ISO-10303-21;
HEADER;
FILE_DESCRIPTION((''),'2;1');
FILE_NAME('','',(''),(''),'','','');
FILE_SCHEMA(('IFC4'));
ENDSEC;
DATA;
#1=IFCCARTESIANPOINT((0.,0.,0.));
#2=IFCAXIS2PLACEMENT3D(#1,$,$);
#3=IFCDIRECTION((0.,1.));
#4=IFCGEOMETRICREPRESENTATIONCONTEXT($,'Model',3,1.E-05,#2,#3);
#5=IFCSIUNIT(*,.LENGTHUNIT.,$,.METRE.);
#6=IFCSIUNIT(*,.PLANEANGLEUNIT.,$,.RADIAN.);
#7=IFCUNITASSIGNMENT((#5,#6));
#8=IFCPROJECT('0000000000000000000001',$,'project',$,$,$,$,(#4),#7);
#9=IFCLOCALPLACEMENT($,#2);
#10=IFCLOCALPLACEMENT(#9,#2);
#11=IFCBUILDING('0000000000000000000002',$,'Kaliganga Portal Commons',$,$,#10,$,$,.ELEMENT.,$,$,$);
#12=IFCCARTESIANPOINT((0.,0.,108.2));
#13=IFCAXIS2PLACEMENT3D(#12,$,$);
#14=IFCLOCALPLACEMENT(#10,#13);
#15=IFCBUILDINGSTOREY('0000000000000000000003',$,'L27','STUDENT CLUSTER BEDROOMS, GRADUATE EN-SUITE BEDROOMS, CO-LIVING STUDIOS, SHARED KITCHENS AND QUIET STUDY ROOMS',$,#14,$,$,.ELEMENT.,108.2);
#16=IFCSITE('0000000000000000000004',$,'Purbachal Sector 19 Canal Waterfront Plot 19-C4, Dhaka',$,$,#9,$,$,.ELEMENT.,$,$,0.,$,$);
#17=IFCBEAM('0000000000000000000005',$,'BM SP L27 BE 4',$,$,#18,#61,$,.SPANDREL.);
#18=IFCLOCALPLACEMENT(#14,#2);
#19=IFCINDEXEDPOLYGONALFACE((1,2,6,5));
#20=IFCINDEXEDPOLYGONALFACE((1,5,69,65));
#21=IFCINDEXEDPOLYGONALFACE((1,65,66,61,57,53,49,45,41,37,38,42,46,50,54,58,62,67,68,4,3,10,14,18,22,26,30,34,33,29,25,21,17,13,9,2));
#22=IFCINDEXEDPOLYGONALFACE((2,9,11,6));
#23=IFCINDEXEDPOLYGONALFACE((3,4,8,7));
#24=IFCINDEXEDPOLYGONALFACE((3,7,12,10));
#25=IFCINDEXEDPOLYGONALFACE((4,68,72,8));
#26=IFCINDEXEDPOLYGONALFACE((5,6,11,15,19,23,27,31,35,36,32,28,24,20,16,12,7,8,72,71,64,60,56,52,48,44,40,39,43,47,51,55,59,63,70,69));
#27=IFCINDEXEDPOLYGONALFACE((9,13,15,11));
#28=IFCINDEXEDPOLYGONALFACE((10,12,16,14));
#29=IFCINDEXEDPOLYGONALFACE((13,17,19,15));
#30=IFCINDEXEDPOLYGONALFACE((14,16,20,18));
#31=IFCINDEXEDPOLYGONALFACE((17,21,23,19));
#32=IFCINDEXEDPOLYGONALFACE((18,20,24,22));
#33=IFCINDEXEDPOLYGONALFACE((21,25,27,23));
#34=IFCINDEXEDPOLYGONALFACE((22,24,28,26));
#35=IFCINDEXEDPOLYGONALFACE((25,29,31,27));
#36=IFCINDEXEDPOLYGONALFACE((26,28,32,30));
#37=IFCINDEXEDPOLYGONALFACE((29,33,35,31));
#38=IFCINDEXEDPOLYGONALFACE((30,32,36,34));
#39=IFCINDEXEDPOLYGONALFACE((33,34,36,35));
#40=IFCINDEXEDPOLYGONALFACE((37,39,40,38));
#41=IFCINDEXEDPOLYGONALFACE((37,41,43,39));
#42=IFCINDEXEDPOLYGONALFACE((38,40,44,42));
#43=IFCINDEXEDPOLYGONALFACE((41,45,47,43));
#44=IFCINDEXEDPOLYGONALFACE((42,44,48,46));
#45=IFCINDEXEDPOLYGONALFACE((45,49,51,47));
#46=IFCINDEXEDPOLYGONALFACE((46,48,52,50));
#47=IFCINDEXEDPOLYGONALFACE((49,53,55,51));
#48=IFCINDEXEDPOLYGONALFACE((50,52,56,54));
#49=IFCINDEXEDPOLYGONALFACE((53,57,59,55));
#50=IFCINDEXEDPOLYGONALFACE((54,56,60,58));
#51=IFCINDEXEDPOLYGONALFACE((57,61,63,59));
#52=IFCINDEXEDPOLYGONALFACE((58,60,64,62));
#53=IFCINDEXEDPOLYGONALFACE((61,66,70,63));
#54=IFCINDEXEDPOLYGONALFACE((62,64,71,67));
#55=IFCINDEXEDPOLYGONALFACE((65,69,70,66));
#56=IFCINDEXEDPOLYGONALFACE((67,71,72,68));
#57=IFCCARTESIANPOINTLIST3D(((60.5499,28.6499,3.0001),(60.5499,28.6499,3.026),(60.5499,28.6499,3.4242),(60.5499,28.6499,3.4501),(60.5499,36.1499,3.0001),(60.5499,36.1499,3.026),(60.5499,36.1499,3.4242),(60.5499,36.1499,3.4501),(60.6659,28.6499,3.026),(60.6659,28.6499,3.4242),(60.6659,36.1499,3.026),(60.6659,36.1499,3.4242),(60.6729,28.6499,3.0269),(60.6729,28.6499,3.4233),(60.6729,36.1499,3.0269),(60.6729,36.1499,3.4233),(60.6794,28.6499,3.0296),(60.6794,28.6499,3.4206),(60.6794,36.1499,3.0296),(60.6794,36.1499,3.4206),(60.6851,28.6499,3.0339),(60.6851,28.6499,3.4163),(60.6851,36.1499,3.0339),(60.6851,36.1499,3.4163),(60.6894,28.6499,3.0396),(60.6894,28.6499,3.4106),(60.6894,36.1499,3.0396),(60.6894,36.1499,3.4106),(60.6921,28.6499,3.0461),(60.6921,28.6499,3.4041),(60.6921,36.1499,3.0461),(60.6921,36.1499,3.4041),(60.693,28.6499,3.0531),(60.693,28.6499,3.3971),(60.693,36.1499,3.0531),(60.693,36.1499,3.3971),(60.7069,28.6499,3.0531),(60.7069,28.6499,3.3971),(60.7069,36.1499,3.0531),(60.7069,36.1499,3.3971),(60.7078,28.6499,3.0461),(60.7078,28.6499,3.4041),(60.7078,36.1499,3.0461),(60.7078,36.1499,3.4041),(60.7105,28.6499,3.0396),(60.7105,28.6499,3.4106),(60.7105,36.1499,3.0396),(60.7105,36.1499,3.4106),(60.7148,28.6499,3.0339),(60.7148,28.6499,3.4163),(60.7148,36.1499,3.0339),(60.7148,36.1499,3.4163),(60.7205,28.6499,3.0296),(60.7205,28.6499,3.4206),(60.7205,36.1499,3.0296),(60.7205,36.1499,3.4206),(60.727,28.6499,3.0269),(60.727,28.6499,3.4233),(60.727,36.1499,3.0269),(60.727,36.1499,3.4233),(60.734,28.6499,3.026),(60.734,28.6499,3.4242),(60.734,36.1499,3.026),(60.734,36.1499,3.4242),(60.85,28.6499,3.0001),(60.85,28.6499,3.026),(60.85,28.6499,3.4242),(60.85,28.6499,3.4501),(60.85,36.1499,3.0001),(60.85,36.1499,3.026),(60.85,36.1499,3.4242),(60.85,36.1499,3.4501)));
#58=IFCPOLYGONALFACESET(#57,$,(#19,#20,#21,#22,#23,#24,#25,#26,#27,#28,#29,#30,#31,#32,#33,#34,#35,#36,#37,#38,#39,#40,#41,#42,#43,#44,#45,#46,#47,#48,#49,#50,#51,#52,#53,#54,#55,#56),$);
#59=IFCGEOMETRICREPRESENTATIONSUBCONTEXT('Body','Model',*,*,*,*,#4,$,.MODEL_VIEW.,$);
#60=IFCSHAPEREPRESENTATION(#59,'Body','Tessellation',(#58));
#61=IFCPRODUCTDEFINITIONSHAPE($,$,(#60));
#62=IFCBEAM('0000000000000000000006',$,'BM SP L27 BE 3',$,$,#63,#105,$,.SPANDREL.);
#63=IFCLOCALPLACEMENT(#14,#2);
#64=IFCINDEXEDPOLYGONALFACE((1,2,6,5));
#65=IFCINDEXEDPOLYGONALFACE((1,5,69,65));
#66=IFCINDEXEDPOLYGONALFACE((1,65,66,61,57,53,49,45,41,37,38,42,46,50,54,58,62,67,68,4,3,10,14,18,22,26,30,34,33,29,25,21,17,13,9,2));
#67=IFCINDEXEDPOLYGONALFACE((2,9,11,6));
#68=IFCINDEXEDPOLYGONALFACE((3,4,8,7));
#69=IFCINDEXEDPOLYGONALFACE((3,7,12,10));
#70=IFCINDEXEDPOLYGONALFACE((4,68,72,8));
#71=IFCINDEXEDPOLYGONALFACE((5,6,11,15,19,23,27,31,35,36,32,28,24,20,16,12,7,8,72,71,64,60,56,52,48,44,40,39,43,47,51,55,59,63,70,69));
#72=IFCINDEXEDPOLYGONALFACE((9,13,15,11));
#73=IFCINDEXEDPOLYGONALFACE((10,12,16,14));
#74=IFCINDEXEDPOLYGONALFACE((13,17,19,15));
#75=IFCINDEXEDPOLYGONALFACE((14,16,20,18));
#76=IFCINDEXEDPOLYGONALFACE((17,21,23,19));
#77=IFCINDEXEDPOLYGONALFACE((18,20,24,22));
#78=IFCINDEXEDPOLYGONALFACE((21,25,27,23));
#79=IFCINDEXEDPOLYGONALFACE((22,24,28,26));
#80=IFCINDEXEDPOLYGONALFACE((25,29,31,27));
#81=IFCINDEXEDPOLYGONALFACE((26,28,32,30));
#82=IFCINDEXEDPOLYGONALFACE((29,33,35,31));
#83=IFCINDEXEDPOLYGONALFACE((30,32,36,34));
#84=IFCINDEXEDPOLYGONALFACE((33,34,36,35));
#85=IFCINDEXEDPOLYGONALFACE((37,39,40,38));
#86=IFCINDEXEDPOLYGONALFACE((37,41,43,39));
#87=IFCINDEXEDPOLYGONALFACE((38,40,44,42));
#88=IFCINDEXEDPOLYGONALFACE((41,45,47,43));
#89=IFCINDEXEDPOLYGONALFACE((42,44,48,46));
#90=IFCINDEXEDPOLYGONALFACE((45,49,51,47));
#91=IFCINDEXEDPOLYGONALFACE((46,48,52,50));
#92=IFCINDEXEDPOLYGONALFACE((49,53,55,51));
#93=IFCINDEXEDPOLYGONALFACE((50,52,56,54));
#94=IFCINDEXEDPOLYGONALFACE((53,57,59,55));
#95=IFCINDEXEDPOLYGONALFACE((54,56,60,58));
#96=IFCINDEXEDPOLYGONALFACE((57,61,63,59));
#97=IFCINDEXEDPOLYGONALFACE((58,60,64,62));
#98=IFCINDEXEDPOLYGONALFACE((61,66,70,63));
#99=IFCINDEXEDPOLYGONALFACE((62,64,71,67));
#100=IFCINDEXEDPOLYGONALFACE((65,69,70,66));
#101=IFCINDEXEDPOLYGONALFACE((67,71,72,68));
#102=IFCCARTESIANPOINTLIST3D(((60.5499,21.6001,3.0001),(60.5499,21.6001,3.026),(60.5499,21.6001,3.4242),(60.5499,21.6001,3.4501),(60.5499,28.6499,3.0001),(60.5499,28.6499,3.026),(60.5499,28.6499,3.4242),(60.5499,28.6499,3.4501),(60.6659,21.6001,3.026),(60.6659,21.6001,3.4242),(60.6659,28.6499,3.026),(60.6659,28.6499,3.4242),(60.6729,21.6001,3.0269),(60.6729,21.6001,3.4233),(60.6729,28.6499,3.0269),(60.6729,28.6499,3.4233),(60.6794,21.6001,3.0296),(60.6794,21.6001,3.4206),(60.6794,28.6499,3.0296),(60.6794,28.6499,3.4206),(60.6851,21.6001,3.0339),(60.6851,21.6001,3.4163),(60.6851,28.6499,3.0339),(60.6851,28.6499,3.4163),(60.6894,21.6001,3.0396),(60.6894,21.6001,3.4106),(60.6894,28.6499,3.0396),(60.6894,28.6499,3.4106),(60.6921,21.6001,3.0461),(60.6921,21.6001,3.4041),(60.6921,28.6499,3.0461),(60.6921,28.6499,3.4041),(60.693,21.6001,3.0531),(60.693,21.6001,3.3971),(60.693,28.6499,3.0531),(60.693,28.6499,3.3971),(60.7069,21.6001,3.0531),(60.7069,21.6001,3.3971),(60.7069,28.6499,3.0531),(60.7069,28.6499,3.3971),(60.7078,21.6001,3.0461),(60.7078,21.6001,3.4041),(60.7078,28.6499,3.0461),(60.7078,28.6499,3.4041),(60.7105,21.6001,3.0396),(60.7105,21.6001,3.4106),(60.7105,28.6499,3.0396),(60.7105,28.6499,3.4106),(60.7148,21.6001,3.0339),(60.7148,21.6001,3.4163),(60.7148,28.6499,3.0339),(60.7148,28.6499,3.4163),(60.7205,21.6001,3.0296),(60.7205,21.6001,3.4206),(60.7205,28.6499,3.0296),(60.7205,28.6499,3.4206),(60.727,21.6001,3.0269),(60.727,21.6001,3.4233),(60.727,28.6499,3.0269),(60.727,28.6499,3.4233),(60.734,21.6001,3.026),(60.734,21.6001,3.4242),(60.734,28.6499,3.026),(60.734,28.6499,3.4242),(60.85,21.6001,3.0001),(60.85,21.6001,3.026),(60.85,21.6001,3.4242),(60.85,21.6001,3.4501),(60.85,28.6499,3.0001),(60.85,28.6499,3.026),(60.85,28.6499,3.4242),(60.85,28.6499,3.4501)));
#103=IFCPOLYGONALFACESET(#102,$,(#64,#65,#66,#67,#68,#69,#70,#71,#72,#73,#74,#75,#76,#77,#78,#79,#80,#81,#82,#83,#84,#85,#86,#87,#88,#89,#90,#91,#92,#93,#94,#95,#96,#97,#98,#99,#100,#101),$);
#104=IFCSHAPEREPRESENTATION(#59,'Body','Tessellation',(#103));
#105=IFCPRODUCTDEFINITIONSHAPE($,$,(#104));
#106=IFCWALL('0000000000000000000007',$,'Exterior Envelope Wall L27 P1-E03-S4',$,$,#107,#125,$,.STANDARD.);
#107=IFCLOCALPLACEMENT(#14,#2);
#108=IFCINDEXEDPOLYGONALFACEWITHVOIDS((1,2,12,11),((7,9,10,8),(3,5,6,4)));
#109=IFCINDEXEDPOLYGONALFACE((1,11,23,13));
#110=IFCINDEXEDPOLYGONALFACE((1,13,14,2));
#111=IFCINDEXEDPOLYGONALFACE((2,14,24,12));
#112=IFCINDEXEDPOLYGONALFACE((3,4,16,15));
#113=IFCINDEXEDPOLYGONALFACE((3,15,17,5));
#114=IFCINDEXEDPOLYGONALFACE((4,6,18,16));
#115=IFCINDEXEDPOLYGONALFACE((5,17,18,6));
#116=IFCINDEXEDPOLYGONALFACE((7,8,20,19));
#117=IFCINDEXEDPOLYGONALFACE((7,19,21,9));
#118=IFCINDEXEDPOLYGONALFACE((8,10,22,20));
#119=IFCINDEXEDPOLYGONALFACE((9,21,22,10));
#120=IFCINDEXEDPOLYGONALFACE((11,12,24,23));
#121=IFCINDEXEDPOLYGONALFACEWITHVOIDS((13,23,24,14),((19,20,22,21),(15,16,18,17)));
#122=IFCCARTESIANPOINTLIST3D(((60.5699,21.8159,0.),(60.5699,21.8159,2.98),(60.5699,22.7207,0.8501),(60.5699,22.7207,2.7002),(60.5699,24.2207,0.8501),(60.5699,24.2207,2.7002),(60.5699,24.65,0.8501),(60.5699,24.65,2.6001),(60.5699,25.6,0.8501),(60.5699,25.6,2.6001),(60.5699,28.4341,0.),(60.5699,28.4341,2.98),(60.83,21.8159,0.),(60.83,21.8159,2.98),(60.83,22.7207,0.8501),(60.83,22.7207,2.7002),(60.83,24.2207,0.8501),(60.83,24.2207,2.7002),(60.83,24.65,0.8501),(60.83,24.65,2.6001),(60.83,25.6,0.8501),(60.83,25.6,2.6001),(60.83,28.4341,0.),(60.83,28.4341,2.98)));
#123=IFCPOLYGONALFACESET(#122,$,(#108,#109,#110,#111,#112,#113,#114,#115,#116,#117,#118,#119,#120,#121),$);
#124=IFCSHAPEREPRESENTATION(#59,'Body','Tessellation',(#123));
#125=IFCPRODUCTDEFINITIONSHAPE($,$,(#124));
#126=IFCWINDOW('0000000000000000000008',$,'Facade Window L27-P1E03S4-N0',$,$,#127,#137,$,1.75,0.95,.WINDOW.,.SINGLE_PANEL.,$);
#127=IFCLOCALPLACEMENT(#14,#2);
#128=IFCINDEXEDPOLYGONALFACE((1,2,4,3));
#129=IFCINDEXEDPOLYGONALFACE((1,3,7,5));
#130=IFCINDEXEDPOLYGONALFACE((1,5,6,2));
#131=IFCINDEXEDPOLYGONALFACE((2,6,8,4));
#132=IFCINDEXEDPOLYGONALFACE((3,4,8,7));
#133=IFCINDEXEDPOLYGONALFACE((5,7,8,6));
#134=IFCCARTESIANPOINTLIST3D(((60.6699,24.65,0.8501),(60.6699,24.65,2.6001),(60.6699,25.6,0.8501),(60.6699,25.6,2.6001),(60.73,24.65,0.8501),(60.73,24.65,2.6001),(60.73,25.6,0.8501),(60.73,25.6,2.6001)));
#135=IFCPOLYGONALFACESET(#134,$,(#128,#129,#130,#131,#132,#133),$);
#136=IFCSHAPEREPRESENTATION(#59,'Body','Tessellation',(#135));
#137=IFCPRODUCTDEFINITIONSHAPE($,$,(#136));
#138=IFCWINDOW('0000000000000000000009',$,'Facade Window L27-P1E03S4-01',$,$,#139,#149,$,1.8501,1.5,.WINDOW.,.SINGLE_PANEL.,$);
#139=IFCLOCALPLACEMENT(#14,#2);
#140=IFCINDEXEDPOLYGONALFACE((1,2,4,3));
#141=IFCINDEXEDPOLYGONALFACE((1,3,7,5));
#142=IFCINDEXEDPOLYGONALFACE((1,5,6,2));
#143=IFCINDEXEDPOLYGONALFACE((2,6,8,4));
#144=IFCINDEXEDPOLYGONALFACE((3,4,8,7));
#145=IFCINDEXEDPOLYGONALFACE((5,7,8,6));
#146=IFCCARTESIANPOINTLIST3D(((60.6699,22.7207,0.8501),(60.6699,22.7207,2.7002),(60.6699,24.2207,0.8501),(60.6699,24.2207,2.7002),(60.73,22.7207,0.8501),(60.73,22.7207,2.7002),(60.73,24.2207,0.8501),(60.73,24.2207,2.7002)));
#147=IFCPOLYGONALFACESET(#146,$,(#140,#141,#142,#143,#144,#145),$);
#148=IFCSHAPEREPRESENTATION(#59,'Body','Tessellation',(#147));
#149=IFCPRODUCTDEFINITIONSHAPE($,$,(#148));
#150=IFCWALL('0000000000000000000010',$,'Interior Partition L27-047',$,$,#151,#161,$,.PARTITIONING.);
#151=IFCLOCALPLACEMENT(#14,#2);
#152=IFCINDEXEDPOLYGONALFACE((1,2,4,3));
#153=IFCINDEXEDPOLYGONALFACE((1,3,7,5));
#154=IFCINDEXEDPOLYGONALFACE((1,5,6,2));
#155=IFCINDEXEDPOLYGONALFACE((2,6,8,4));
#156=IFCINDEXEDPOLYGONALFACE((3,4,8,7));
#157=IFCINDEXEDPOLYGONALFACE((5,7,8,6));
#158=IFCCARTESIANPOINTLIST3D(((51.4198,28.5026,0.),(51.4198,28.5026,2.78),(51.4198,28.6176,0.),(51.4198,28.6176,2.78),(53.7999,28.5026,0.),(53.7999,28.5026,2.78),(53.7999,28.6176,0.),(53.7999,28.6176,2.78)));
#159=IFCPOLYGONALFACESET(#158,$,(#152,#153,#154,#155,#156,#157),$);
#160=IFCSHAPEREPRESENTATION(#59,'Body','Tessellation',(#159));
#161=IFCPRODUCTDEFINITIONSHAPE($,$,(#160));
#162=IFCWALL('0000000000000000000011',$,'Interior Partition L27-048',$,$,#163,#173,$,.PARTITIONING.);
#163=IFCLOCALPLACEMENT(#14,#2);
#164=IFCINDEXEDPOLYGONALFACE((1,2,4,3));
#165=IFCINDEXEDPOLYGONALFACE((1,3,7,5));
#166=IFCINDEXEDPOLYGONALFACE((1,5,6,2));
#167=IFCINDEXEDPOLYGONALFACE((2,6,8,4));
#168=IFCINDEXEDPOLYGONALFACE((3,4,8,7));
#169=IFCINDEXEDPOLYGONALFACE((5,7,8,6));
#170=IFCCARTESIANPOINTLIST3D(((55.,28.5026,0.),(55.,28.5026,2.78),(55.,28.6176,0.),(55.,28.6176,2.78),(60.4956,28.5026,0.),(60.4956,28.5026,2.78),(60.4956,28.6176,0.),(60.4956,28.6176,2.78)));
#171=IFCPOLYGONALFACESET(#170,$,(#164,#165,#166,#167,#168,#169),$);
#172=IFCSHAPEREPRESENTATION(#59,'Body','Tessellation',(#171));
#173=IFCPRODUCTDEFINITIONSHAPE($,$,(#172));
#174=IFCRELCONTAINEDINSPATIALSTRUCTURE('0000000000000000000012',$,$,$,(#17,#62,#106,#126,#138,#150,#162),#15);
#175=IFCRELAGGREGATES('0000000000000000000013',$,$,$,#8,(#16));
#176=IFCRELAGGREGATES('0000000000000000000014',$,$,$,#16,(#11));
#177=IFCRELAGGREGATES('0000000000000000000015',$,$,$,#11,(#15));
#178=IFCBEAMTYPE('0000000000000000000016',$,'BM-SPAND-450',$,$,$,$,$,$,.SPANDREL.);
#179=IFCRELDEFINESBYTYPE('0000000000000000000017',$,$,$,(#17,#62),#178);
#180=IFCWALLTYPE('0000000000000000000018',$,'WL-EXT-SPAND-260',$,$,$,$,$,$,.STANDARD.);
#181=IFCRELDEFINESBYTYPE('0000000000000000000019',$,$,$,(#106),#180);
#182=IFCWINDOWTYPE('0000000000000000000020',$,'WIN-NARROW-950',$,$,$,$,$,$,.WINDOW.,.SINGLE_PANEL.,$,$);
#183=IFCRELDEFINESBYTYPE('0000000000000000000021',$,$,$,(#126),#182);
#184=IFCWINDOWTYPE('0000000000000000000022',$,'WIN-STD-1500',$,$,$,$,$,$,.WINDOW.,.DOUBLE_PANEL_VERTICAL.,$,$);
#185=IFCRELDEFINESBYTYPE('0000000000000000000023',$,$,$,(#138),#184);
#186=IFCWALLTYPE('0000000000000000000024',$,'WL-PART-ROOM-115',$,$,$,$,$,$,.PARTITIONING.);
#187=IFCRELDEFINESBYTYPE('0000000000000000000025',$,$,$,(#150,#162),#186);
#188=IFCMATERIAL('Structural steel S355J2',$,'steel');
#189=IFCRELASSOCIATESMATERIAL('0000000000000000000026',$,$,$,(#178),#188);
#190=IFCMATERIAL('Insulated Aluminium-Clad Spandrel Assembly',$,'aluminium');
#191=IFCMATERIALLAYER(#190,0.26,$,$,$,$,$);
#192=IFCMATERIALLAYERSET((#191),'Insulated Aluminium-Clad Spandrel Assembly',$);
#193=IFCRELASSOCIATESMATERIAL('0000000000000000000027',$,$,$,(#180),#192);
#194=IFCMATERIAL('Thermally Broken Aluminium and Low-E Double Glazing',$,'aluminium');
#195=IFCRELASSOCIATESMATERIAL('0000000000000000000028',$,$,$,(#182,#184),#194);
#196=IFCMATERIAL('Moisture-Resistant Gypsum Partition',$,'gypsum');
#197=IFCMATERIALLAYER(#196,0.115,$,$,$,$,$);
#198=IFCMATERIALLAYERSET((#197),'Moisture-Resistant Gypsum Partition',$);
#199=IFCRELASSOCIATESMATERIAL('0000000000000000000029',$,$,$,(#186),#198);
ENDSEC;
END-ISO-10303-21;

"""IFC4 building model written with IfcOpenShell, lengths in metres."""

from ifc_helpers import new_model, si_unit, direction, frame, frame_2d, origin, origin_2d, place, context, subcontext, project, spatial, rectangle, i_section, extrude, source, transform, mapped, material, layer, layer_set, material_profile, profile_set, type_object, element, fill, save


model = new_model("IFC4")

# Units and contexts
model_context = context("Model", 3, precision=1e-05, world=origin(), true_north=direction((0.0, 1.0)))
body_context = subcontext(model_context, "Body", "Model", "MODEL_VIEW")
ifc_project = project(units=[si_unit("LENGTHUNIT", "METRE"), si_unit("PLANEANGLEUNIT", "RADIAN")], contexts=[model_context])

# Site, building, storey
site_placement = place(None, origin())
site = spatial("IfcSite", under=ifc_project, at=site_placement, Name="Purbachal Sector 19 Canal Waterfront Plot 19-C4, Dhaka", CompositionType="ELEMENT", RefElevation=0.0)
building_placement = place(site_placement, origin())
building = spatial("IfcBuilding", under=site, at=building_placement, Name="Kaliganga Portal Commons", CompositionType="ELEMENT")
storey_placement = place(building_placement, frame((0.0, 0.0, 108.2)))
storey = spatial("IfcBuildingStorey", under=building, at=storey_placement, Name="L27", Description="STUDENT CLUSTER BEDROOMS, GRADUATE EN-SUITE BEDROOMS, CO-LIVING STUDIOS, SHARED KITCHENS AND QUIET STUDY ROOMS", CompositionType="ELEMENT", Elevation=108.2)

# Beams
ifc_material_1 = material(Name="Structural steel S355J2", Category="steel")
ifc_material_profile_1 = material_profile(ifc_material_1, i_section(OverallWidth=0.3, OverallDepth=0.45, WebThickness=0.0139, FlangeThickness=0.0259, FilletRadius=0.0271, at=origin_2d()), Name="HE 450 B")
ifc_profile_set_1 = profile_set([ifc_material_profile_1], Name="Structural steel S355J2 wide-flange")
beam_type_1 = type_object("IfcBeamType", Name="BM-SPAND-450", PredefinedType="SPANDREL", material=ifc_profile_set_1)
shared_shape_1 = source(origin(), body_context, "Body", "SweptSolid", [
    extrude(i_section(OverallWidth=0.3, OverallDepth=0.45, WebThickness=0.0139, FlangeThickness=0.0259, FilletRadius=0.0271, at=origin_2d()), origin(), (0.0, 0.0, 1.0), 7.5),
])
beam_1_placement = place(storey_placement, frame((60.7, 28.6499, 3.2251), z_axis=(0.0, 1.0, 0.0), x_axis=(-1.0, 0.0, 0.0)))
element("IfcBeam", 1, at=beam_1_placement, inside=storey, type_object=beam_type_1, Name="BM SP L27 BE 4", PredefinedType="SPANDREL", context=body_context, shape_type="MappedRepresentation", body=[
    mapped(shared_shape_1, transform((0.0, 0.0, 0.0), x_axis=(1.0, 0.0, 0.0), y_axis=(0.0, 1.0, 0.0), z_axis=(0.0, 0.0, 1.0), scale=1.0)),
])
shared_shape_2 = source(origin(), body_context, "Body", "SweptSolid", [
    extrude(i_section(OverallWidth=0.3, OverallDepth=0.45, WebThickness=0.0139, FlangeThickness=0.0259, FilletRadius=0.0271, at=origin_2d()), origin(), (0.0, 0.0, 1.0), 7.0498),
])
beam_2_placement = place(storey_placement, frame((60.7, 21.6001, 3.2251), z_axis=(0.0, 1.0, 0.0), x_axis=(-1.0, 0.0, 0.0)))
element("IfcBeam", 2, at=beam_2_placement, inside=storey, type_object=beam_type_1, Name="BM SP L27 BE 3", PredefinedType="SPANDREL", context=body_context, shape_type="MappedRepresentation", body=[
    mapped(shared_shape_2, transform((0.0, 0.0, 0.0), x_axis=(1.0, 0.0, 0.0), y_axis=(0.0, 1.0, 0.0), z_axis=(0.0, 0.0, 1.0), scale=1.0)),
])

# Wall, openings, windows
ifc_material_2 = material(Name="Insulated Aluminium-Clad Spandrel Assembly", Category="aluminium")
ifc_layer_1 = layer(ifc_material_2, 0.26)
ifc_layer_set_1 = layer_set([ifc_layer_1], Name="Insulated Aluminium-Clad Spandrel Assembly")
wall_type_1 = type_object("IfcWallType", Name="WL-EXT-SPAND-260", PredefinedType="STANDARD", material=ifc_layer_set_1)
wall_1_placement = place(storey_placement, frame((60.7, 28.4341, 0.0), z_axis=(0.0, 0.0, 1.0), x_axis=(0.0, -1.0, 0.0)))
wall_1 = element("IfcWall", 3, at=wall_1_placement, inside=storey, type_object=wall_type_1, Name="Exterior Envelope Wall L27 P1-E03-S4", PredefinedType="STANDARD", context=body_context, shape_type="SweptSolid", body=[
    extrude(rectangle(XDim=6.6182, YDim=0.26, at=frame_2d((3.3091, 0.0))), origin(), (0.0, 0.0, 1.0), 2.98),
])
opening_1_placement = place(wall_1_placement, frame((4.2134, 0.0, 0.8501)))
opening_1 = element("IfcOpeningElement", 4, at=opening_1_placement, cuts=wall_1, PredefinedType="OPENING", context=body_context, shape_type="SweptSolid", body=[
    extrude(rectangle(XDim=1.5, YDim=1.8501, at=frame_2d((0.75, 0.925))), frame((0.0, 0.1401, 0.0), z_axis=(0.0, -1.0, 0.0), x_axis=(1.0, 0.0, 0.0)), (0.0, 0.0, 1.0), 0.28),
])
opening_2_placement = place(wall_1_placement, frame((2.834, 0.0, 0.8501)))
opening_2 = element("IfcOpeningElement", 5, at=opening_2_placement, cuts=wall_1, PredefinedType="OPENING", context=body_context, shape_type="SweptSolid", body=[
    extrude(rectangle(XDim=0.95, YDim=1.75, at=frame_2d((0.4751, 0.875))), frame((0.0, 0.1401, 0.0), z_axis=(0.0, -1.0, 0.0), x_axis=(1.0, 0.0, 0.0)), (0.0, 0.0, 1.0), 0.28),
])
ifc_material_3 = material(Name="Thermally Broken Aluminium and Low-E Double Glazing", Category="aluminium")
window_type_1 = type_object("IfcWindowType", Name="WIN-NARROW-950", PartitioningType="SINGLE_PANEL", PredefinedType="WINDOW", material=ifc_material_3)
window_1_placement = place(opening_2_placement, origin())
window_1 = element("IfcWindow", 6, at=window_1_placement, inside=storey, type_object=window_type_1, Name="Facade Window L27-P1E03S4-N0", OverallHeight=1.75, OverallWidth=0.95, PartitioningType="SINGLE_PANEL", PredefinedType="WINDOW", context=body_context, shape_type="SweptSolid", body=[
    extrude(rectangle(XDim=0.95, YDim=1.75, at=frame_2d((0.4751, 0.875))), frame((0.0, 0.03, 0.0), z_axis=(0.0, -1.0, 0.0), x_axis=(1.0, 0.0, 0.0)), (0.0, 0.0, 1.0), 0.0601),
])
fill(opening_2, window_1)
window_type_2 = type_object("IfcWindowType", Name="WIN-STD-1500", PartitioningType="DOUBLE_PANEL_VERTICAL", PredefinedType="WINDOW", material=ifc_material_3)
window_2_placement = place(opening_1_placement, origin())
window_2 = element("IfcWindow", 7, at=window_2_placement, inside=storey, type_object=window_type_2, Name="Facade Window L27-P1E03S4-01", OverallHeight=1.8501, OverallWidth=1.5, PartitioningType="SINGLE_PANEL", PredefinedType="WINDOW", context=body_context, shape_type="SweptSolid", body=[
    extrude(rectangle(XDim=1.5, YDim=1.8501, at=frame_2d((0.75, 0.925))), frame((0.0, 0.03, 0.0), z_axis=(0.0, -1.0, 0.0), x_axis=(1.0, 0.0, 0.0)), (0.0, 0.0, 1.0), 0.0601),
])
fill(opening_1, window_2)

# Walls
ifc_material_4 = material(Name="Moisture-Resistant Gypsum Partition", Category="gypsum")
ifc_layer_2 = layer(ifc_material_4, 0.115)
ifc_layer_set_2 = layer_set([ifc_layer_2], Name="Moisture-Resistant Gypsum Partition")
wall_type_2 = type_object("IfcWallType", Name="WL-PART-ROOM-115", PredefinedType="PARTITIONING", material=ifc_layer_set_2)
wall_2_placement = place(storey_placement, frame((51.4199, 28.5601, 0.0), z_axis=(0.0, 0.0, 1.0), x_axis=(1.0, 0.0, 0.0)))
element("IfcWall", 8, at=wall_2_placement, inside=storey, type_object=wall_type_2, Name="Interior Partition L27-047", PredefinedType="PARTITIONING", context=body_context, shape_type="SweptSolid", body=[
    extrude(rectangle(XDim=2.3801, YDim=0.115, at=frame_2d((1.1899, 0.0))), origin(), (0.0, 0.0, 1.0), 2.78),
])
wall_3_placement = place(storey_placement, frame((55.0, 28.5601, 0.0), z_axis=(0.0, 0.0, 1.0), x_axis=(1.0, 0.0, 0.0)))
element("IfcWall", 9, at=wall_3_placement, inside=storey, type_object=wall_type_2, Name="Interior Partition L27-048", PredefinedType="PARTITIONING", context=body_context, shape_type="SweptSolid", body=[
    extrude(rectangle(XDim=5.4956, YDim=0.115, at=frame_2d((2.7478, 0.0))), origin(), (0.0, 0.0, 1.0), 2.78),
])

save(model, "model.ifc")
